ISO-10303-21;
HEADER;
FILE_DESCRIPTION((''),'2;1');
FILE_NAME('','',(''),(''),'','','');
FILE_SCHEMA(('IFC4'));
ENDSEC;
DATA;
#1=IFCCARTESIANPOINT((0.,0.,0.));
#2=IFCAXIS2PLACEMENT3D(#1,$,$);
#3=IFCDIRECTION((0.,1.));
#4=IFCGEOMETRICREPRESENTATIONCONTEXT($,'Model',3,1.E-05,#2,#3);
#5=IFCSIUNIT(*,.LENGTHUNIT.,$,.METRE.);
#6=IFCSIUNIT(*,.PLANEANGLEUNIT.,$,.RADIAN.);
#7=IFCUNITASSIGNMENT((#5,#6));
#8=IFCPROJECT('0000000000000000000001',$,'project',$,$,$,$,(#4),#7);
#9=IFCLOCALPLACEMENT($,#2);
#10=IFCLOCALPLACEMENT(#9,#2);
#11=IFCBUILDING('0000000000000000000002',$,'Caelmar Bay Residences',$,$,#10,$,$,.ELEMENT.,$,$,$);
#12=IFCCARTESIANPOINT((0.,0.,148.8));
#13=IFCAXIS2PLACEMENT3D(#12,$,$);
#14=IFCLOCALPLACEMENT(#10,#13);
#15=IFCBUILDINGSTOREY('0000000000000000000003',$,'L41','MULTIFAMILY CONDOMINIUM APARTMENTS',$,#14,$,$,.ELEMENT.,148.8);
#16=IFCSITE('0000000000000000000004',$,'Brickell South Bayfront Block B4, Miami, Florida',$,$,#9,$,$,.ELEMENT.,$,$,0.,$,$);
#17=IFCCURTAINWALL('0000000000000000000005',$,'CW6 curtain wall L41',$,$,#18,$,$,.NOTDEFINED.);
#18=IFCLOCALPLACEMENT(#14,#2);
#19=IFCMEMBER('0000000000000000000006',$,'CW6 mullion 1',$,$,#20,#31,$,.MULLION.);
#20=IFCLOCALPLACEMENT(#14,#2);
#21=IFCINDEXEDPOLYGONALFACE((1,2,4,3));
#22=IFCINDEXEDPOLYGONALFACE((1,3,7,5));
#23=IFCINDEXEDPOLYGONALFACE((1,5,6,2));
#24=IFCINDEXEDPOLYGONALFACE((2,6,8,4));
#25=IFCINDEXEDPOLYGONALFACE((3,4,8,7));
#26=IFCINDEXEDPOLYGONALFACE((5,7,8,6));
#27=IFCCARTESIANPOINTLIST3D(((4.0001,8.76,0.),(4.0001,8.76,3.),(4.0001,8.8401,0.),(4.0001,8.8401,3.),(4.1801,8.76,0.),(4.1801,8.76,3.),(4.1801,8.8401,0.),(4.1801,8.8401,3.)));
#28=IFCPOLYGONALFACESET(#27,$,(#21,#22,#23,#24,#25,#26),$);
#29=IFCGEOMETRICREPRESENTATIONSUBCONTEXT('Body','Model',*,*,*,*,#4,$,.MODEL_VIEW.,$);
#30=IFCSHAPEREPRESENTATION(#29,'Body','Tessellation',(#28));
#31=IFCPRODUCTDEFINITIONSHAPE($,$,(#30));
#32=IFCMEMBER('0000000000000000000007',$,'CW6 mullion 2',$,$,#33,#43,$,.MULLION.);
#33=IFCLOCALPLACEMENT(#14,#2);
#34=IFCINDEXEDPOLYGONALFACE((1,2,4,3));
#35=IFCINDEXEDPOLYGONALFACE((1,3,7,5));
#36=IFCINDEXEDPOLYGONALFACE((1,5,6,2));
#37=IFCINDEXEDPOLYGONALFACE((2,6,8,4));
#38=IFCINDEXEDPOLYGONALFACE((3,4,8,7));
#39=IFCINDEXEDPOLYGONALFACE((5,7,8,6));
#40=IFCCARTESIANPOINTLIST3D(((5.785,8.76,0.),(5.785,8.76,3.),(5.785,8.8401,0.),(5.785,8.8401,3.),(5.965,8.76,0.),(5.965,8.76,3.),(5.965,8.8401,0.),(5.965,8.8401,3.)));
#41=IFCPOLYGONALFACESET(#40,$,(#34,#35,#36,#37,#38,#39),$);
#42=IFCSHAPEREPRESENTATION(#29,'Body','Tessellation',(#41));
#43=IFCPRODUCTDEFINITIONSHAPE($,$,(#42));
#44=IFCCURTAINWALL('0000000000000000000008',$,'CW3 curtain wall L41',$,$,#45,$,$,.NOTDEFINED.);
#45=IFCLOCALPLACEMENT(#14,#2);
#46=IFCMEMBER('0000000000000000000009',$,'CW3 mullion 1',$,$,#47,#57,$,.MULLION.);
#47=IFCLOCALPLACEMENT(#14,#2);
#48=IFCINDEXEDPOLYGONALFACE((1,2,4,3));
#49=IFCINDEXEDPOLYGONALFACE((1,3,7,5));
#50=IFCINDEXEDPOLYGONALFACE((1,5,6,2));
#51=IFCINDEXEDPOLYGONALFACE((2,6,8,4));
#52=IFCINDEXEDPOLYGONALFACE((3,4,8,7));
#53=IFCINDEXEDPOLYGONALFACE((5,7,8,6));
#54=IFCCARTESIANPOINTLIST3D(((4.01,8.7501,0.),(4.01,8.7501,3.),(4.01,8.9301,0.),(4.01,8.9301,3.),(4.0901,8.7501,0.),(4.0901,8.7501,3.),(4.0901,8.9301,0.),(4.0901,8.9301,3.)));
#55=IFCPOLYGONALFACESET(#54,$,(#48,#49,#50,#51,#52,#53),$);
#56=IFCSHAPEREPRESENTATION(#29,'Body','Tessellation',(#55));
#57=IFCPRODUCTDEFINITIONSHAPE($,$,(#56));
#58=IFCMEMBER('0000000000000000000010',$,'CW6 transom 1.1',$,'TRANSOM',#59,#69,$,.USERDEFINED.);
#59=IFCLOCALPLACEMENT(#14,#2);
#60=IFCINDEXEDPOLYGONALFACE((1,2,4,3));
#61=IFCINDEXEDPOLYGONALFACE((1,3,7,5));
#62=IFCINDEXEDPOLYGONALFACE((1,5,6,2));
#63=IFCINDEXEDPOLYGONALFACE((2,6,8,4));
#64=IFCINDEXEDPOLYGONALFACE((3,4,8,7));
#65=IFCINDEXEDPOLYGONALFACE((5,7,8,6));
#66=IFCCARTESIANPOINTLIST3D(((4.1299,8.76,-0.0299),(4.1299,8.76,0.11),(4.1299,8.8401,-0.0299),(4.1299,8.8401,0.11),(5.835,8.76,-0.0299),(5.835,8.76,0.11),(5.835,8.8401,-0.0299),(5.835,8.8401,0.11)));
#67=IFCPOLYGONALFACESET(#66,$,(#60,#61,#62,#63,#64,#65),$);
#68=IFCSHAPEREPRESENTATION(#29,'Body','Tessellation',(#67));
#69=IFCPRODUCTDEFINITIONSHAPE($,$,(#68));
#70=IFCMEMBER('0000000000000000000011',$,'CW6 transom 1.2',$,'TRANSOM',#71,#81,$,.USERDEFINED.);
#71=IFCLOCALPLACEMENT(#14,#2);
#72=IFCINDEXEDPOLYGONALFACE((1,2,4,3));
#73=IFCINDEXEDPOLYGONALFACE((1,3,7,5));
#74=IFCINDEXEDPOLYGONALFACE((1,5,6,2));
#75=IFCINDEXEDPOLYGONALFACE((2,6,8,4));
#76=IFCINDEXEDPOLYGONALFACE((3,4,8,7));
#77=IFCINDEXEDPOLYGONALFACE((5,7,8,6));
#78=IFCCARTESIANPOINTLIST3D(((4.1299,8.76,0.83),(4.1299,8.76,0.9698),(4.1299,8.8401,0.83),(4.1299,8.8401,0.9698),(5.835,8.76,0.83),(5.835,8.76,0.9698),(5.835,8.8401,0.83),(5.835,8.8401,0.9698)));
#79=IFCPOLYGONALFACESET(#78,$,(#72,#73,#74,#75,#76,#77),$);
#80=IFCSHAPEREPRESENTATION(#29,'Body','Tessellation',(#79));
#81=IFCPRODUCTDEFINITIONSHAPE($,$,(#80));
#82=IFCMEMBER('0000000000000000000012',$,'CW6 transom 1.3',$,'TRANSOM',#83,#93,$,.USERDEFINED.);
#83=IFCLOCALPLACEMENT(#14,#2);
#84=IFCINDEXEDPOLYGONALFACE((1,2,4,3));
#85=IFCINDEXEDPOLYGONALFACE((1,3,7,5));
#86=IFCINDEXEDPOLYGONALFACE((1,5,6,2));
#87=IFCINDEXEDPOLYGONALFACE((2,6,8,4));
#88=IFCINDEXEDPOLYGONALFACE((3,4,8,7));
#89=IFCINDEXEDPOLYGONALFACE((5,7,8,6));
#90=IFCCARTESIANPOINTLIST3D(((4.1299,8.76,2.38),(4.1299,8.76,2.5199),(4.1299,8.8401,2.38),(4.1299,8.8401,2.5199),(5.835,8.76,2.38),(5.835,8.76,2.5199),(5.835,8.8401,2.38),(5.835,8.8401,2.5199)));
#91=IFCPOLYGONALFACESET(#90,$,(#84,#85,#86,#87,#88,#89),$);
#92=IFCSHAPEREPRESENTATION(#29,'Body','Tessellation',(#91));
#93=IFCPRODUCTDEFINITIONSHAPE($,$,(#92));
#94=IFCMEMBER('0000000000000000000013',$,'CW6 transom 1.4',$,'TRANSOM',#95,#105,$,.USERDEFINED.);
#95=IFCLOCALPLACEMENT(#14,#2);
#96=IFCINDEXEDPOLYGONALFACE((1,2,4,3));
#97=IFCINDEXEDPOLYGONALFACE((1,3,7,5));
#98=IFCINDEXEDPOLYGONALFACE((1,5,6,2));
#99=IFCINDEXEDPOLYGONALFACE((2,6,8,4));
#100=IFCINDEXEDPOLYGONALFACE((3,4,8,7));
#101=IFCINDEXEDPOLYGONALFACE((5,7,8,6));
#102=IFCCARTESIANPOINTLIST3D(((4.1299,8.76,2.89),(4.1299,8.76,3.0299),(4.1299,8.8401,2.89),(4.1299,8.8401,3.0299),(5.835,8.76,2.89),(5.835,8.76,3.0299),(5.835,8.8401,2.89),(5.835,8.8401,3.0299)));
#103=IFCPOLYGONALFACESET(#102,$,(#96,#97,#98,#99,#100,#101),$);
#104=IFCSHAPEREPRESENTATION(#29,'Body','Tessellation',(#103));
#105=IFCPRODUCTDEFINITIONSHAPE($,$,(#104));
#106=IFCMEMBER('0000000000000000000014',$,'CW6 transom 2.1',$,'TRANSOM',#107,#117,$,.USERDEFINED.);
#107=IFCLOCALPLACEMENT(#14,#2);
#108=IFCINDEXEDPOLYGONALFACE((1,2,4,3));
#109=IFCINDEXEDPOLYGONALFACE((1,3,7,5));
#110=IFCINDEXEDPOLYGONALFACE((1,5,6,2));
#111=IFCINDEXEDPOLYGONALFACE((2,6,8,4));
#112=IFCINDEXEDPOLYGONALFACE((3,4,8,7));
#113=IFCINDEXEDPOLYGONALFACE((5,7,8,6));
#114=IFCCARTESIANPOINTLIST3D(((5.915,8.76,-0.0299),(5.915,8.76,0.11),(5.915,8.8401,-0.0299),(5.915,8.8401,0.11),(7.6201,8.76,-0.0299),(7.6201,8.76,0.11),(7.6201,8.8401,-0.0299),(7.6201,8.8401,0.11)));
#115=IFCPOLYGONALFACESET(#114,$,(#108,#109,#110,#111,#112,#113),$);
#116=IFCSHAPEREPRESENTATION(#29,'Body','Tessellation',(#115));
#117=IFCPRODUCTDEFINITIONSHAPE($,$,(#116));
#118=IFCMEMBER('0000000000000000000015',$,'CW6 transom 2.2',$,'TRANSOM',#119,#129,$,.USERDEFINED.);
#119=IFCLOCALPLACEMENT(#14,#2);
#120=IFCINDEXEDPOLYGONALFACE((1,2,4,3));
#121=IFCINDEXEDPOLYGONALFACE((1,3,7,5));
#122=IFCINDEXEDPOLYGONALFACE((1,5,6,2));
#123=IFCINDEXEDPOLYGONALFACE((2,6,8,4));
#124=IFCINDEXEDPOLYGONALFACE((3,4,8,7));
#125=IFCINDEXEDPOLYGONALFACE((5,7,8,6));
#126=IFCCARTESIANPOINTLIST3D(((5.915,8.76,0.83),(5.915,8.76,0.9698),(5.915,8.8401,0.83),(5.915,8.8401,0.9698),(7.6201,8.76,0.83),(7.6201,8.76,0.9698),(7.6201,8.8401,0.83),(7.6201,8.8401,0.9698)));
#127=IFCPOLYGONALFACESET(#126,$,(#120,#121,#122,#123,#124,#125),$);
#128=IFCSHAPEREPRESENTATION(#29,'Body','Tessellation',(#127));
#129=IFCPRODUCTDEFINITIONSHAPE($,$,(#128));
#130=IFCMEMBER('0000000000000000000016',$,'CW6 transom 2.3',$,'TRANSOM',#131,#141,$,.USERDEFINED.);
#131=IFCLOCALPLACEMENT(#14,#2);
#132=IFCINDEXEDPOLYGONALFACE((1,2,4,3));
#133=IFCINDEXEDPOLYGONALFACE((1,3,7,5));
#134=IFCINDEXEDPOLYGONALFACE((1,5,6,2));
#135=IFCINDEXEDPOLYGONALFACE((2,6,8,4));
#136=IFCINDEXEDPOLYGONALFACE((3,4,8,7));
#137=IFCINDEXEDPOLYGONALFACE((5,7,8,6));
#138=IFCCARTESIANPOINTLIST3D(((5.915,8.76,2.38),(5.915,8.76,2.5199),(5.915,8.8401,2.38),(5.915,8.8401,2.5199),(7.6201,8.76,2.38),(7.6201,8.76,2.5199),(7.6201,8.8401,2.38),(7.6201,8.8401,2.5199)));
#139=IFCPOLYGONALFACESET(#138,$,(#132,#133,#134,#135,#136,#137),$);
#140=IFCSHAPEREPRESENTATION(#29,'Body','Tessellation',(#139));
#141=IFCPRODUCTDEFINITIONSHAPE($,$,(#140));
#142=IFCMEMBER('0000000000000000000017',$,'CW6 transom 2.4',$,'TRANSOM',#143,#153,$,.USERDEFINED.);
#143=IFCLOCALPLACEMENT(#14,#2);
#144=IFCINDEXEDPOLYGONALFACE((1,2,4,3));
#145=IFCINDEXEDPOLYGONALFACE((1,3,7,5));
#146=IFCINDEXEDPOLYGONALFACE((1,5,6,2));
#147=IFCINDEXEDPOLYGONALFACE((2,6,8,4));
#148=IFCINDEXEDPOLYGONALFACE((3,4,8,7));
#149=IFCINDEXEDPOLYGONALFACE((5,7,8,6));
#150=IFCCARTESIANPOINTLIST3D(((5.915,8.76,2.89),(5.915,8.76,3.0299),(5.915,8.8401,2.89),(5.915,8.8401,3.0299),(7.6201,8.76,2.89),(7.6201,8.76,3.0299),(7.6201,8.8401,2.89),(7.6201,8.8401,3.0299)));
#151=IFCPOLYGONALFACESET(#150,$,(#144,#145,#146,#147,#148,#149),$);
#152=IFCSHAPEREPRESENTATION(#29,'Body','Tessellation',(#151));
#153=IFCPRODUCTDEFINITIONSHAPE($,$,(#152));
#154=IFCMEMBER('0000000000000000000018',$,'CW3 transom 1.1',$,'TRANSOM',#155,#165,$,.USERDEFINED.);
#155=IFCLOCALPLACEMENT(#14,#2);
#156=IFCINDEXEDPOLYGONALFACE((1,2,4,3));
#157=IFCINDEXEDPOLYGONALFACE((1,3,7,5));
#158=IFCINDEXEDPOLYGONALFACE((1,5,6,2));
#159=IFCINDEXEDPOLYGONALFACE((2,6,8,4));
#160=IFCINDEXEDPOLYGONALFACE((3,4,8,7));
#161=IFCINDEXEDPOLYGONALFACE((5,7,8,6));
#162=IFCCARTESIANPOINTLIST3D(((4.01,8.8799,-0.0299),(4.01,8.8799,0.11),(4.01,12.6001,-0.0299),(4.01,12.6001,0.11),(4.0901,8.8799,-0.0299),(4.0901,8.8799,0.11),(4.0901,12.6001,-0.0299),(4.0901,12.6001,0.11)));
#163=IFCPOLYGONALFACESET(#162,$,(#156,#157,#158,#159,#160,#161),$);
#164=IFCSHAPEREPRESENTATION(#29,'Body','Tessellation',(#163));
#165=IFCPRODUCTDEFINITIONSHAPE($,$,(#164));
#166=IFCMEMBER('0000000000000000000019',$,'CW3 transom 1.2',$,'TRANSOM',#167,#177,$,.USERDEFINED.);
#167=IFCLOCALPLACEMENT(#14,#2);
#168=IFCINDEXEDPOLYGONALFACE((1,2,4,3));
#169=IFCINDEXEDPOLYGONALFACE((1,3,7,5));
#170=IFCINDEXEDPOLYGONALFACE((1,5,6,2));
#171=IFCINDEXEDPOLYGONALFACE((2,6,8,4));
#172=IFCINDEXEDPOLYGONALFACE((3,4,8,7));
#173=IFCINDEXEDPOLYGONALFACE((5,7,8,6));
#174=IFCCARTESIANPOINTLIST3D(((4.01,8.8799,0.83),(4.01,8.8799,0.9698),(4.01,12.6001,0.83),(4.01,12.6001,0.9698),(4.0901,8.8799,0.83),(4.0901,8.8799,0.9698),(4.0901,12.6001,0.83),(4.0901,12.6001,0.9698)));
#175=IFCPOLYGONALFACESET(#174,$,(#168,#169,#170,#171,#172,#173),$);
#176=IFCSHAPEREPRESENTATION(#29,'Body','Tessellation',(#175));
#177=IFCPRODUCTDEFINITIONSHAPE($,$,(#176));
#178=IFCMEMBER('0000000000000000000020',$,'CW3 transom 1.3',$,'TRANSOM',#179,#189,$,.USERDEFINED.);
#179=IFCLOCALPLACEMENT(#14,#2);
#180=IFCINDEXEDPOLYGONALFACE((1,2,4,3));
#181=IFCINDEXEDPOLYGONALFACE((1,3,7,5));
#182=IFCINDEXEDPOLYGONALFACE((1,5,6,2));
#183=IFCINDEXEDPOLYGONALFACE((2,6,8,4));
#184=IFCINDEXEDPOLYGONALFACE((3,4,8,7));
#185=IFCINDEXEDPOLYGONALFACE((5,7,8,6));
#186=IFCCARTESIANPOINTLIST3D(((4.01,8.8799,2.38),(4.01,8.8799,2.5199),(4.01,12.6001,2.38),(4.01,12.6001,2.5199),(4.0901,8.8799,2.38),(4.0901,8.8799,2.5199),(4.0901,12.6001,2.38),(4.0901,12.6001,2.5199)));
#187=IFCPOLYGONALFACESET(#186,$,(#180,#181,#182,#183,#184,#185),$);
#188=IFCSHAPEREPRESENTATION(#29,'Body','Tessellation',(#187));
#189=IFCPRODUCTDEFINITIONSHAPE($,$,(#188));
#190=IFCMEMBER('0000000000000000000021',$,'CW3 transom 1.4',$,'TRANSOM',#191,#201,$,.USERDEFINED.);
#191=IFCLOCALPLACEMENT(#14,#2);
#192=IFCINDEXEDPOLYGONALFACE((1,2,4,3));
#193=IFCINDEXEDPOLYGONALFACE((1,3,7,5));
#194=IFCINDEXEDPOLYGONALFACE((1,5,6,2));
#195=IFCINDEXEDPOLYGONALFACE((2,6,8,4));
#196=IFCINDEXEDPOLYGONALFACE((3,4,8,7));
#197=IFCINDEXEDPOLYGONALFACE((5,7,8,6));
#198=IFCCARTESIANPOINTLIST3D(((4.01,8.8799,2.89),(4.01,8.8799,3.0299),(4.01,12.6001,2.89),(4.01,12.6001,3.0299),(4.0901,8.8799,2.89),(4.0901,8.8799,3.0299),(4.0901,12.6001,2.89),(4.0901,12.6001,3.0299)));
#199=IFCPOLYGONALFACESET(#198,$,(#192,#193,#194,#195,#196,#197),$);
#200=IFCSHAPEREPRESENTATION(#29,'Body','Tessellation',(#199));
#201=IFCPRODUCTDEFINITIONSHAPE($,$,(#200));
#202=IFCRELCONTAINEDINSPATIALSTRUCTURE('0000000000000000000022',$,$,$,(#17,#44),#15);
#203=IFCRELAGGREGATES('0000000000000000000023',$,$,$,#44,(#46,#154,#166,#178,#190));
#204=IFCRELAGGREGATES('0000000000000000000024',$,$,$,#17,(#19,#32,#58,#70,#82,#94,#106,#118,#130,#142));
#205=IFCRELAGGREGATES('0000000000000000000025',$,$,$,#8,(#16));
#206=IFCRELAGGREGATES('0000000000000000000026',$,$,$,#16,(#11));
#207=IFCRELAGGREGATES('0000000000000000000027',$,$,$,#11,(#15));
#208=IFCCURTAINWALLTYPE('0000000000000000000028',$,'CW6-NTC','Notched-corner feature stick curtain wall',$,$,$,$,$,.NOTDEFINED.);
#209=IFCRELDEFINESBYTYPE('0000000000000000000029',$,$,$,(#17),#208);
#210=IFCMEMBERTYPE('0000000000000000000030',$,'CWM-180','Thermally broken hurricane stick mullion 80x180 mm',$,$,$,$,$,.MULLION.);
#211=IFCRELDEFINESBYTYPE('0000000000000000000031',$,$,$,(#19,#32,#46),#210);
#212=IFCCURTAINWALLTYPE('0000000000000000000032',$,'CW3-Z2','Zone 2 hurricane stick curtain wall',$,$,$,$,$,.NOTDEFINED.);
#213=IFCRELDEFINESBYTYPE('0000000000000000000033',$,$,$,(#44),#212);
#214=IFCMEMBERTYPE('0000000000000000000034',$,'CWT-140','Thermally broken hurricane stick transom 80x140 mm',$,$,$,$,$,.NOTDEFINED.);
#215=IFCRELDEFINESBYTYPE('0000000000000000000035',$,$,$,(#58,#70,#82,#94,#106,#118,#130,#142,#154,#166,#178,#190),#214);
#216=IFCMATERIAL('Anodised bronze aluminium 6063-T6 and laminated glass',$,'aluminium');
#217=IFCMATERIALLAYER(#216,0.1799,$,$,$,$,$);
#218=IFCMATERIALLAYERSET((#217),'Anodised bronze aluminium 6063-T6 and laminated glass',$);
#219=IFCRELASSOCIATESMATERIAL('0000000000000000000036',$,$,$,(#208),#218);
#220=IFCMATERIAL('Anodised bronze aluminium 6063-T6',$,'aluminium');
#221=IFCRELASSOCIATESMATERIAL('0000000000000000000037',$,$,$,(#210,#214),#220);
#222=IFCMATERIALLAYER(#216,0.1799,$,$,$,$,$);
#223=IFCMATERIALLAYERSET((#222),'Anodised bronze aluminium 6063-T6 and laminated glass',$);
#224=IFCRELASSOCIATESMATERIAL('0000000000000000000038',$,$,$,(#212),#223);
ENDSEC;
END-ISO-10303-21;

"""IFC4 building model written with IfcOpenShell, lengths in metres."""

from ifc_helpers import new_model, si_unit, direction, frame, origin, origin_2d, place, context, subcontext, project, spatial, rectangle, extrude, material, layer, layer_set, material_profile, profile_set, type_object, element, aggregate, save


model = new_model("IFC4")

# Units and contexts
model_context = context("Model", 3, precision=1e-05, world=origin(), true_north=direction((0.0, 1.0)))
body_context = subcontext(model_context, "Body", "Model", "MODEL_VIEW")
ifc_project = project(units=[si_unit("LENGTHUNIT", "METRE"), si_unit("PLANEANGLEUNIT", "RADIAN")], contexts=[model_context])

# Site, building, storey
site_placement = place(None, origin())
site = spatial("IfcSite", under=ifc_project, at=site_placement, Name="Brickell South Bayfront Block B4, Miami, Florida", CompositionType="ELEMENT", RefElevation=0.0)
building_placement = place(site_placement, origin())
building = spatial("IfcBuilding", under=site, at=building_placement, Name="Caelmar Bay Residences", CompositionType="ELEMENT")
storey_placement = place(building_placement, frame((0.0, 0.0, 148.8)))
storey = spatial("IfcBuildingStorey", under=building, at=storey_placement, Name="L41", Description="MULTIFAMILY CONDOMINIUM APARTMENTS", CompositionType="ELEMENT", Elevation=148.8)

# Curtain wall, members
ifc_material_1 = material(Name="Anodised bronze aluminium 6063-T6 and laminated glass", Category="aluminium")
ifc_layer_1 = layer(ifc_material_1, 0.1799)
ifc_layer_set_1 = layer_set([ifc_layer_1], Name="Anodised bronze aluminium 6063-T6 and laminated glass")
curtain_wall_type_1 = type_object("IfcCurtainWallType", Name="CW6-NTC", Description="Notched-corner feature stick curtain wall", PredefinedType="NOTDEFINED", material=ifc_layer_set_1)
curtain_wall_1_placement = place(storey_placement, origin())
curtain_wall_1 = element("IfcCurtainWall", 1, at=curtain_wall_1_placement, inside=storey, type_object=curtain_wall_type_1, Name="CW6 curtain wall L41", PredefinedType="NOTDEFINED")
ifc_material_2 = material(Name="Anodised bronze aluminium 6063-T6", Category="aluminium")
ifc_material_profile_1 = material_profile(ifc_material_2, rectangle(XDim=0.0801, YDim=0.1799, at=origin_2d()), Name="CWM-80X180")
ifc_profile_set_1 = profile_set([ifc_material_profile_1], Name="Anodised bronze aluminium 6063-T6")
member_type_1 = type_object("IfcMemberType", Name="CWM-180", Description="Thermally broken hurricane stick mullion 80x180 mm", PredefinedType="MULLION", material=ifc_profile_set_1)
member_1_placement = place(storey_placement, frame((4.0901, 8.8, 0.0), z_axis=(0.0, 0.0, 1.0), x_axis=(0.0, 1.0, 0.0)))
member_1 = element("IfcMember", 2, at=member_1_placement, type_object=member_type_1, Name="CW6 mullion 1", PredefinedType="MULLION", context=body_context, shape_type="SweptSolid", body=[
    extrude(rectangle(XDim=0.0801, YDim=0.1799, at=origin_2d()), origin(), (0.0, 0.0, 1.0), 3.0),
])
member_2_placement = place(storey_placement, frame((5.875, 8.8, 0.0), z_axis=(0.0, 0.0, 1.0), x_axis=(0.0, 1.0, 0.0)))
member_2 = element("IfcMember", 3, at=member_2_placement, type_object=member_type_1, Name="CW6 mullion 2", PredefinedType="MULLION", context=body_context, shape_type="SweptSolid", body=[
    extrude(rectangle(XDim=0.0801, YDim=0.1799, at=origin_2d()), origin(), (0.0, 0.0, 1.0), 3.0),
])

# Curtain wall, member
ifc_layer_2 = layer(ifc_material_1, 0.1799)
ifc_layer_set_2 = layer_set([ifc_layer_2], Name="Anodised bronze aluminium 6063-T6 and laminated glass")
curtain_wall_type_2 = type_object("IfcCurtainWallType", Name="CW3-Z2", Description="Zone 2 hurricane stick curtain wall", PredefinedType="NOTDEFINED", material=ifc_layer_set_2)
curtain_wall_2_placement = place(storey_placement, origin())
curtain_wall_2 = element("IfcCurtainWall", 4, at=curtain_wall_2_placement, inside=storey, type_object=curtain_wall_type_2, Name="CW3 curtain wall L41", PredefinedType="NOTDEFINED")
member_3_placement = place(storey_placement, frame((4.05, 8.8401, 0.0), z_axis=(0.0, 0.0, 1.0), x_axis=(-1.0, 0.0, 0.0)))
member_3 = element("IfcMember", 5, at=member_3_placement, type_object=member_type_1, Name="CW3 mullion 1", PredefinedType="MULLION", context=body_context, shape_type="SweptSolid", body=[
    extrude(rectangle(XDim=0.0801, YDim=0.1799, at=origin_2d()), origin(), (0.0, 0.0, 1.0), 3.0),
])

# Members
ifc_material_profile_2 = material_profile(ifc_material_2, rectangle(XDim=0.0801, YDim=0.1399, at=origin_2d()), Name="CWT-80X140")
ifc_profile_set_2 = profile_set([ifc_material_profile_2], Name="Anodised bronze aluminium 6063-T6")
member_type_2 = type_object("IfcMemberType", Name="CWT-140", Description="Thermally broken hurricane stick transom 80x140 mm", PredefinedType="NOTDEFINED", material=ifc_profile_set_2)
member_4_placement = place(storey_placement, frame((4.1299, 8.8, 0.04), z_axis=(1.0, 0.0, 0.0), x_axis=(0.0, 1.0, 0.0)))
member_4 = element("IfcMember", 6, at=member_4_placement, type_object=member_type_2, Name="CW6 transom 1.1", ObjectType="TRANSOM", PredefinedType="USERDEFINED", context=body_context, shape_type="SweptSolid", body=[
    extrude(rectangle(XDim=0.0801, YDim=0.1399, at=origin_2d()), origin(), (0.0, 0.0, 1.0), 1.7051),
])
member_5_placement = place(storey_placement, frame((4.1299, 8.8, 0.8999), z_axis=(1.0, 0.0, 0.0), x_axis=(0.0, 1.0, 0.0)))
member_5 = element("IfcMember", 7, at=member_5_placement, type_object=member_type_2, Name="CW6 transom 1.2", ObjectType="TRANSOM", PredefinedType="USERDEFINED", context=body_context, shape_type="SweptSolid", body=[
    extrude(rectangle(XDim=0.0801, YDim=0.1399, at=origin_2d()), origin(), (0.0, 0.0, 1.0), 1.7051),
])
member_6_placement = place(storey_placement, frame((4.1299, 8.8, 2.45), z_axis=(1.0, 0.0, 0.0), x_axis=(0.0, 1.0, 0.0)))
member_6 = element("IfcMember", 8, at=member_6_placement, type_object=member_type_2, Name="CW6 transom 1.3", ObjectType="TRANSOM", PredefinedType="USERDEFINED", context=body_context, shape_type="SweptSolid", body=[
    extrude(rectangle(XDim=0.0801, YDim=0.1399, at=origin_2d()), origin(), (0.0, 0.0, 1.0), 1.7051),
])
member_7_placement = place(storey_placement, frame((4.1299, 8.8, 2.96), z_axis=(1.0, 0.0, 0.0), x_axis=(0.0, 1.0, 0.0)))
member_7 = element("IfcMember", 9, at=member_7_placement, type_object=member_type_2, Name="CW6 transom 1.4", ObjectType="TRANSOM", PredefinedType="USERDEFINED", context=body_context, shape_type="SweptSolid", body=[
    extrude(rectangle(XDim=0.0801, YDim=0.1399, at=origin_2d()), origin(), (0.0, 0.0, 1.0), 1.7051),
])
member_8_placement = place(storey_placement, frame((5.915, 8.8, 0.04), z_axis=(1.0, 0.0, 0.0), x_axis=(0.0, 1.0, 0.0)))
member_8 = element("IfcMember", 10, at=member_8_placement, type_object=member_type_2, Name="CW6 transom 2.1", ObjectType="TRANSOM", PredefinedType="USERDEFINED", context=body_context, shape_type="SweptSolid", body=[
    extrude(rectangle(XDim=0.0801, YDim=0.1399, at=origin_2d()), origin(), (0.0, 0.0, 1.0), 1.7051),
])
member_9_placement = place(storey_placement, frame((5.915, 8.8, 0.8999), z_axis=(1.0, 0.0, 0.0), x_axis=(0.0, 1.0, 0.0)))
member_9 = element("IfcMember", 11, at=member_9_placement, type_object=member_type_2, Name="CW6 transom 2.2", ObjectType="TRANSOM", PredefinedType="USERDEFINED", context=body_context, shape_type="SweptSolid", body=[
    extrude(rectangle(XDim=0.0801, YDim=0.1399, at=origin_2d()), origin(), (0.0, 0.0, 1.0), 1.7051),
])
member_10_placement = place(storey_placement, frame((5.915, 8.8, 2.45), z_axis=(1.0, 0.0, 0.0), x_axis=(0.0, 1.0, 0.0)))
member_10 = element("IfcMember", 12, at=member_10_placement, type_object=member_type_2, Name="CW6 transom 2.3", ObjectType="TRANSOM", PredefinedType="USERDEFINED", context=body_context, shape_type="SweptSolid", body=[
    extrude(rectangle(XDim=0.0801, YDim=0.1399, at=origin_2d()), origin(), (0.0, 0.0, 1.0), 1.7051),
])
member_11_placement = place(storey_placement, frame((5.915, 8.8, 2.96), z_axis=(1.0, 0.0, 0.0), x_axis=(0.0, 1.0, 0.0)))
member_11 = element("IfcMember", 13, at=member_11_placement, type_object=member_type_2, Name="CW6 transom 2.4", ObjectType="TRANSOM", PredefinedType="USERDEFINED", context=body_context, shape_type="SweptSolid", body=[
    extrude(rectangle(XDim=0.0801, YDim=0.1399, at=origin_2d()), origin(), (0.0, 0.0, 1.0), 1.7051),
])
member_12_placement = place(storey_placement, frame((4.05, 8.8799, 0.04), z_axis=(0.0, 1.0, 0.0), x_axis=(-1.0, 0.0, 0.0)))
member_12 = element("IfcMember", 14, at=member_12_placement, type_object=member_type_2, Name="CW3 transom 1.1", ObjectType="TRANSOM", PredefinedType="USERDEFINED", context=body_context, shape_type="SweptSolid", body=[
    extrude(rectangle(XDim=0.0801, YDim=0.1399, at=origin_2d()), origin(), (0.0, 0.0, 1.0), 3.7202),
])
member_13_placement = place(storey_placement, frame((4.05, 8.8799, 0.8999), z_axis=(0.0, 1.0, 0.0), x_axis=(-1.0, 0.0, 0.0)))
member_13 = element("IfcMember", 15, at=member_13_placement, type_object=member_type_2, Name="CW3 transom 1.2", ObjectType="TRANSOM", PredefinedType="USERDEFINED", context=body_context, shape_type="SweptSolid", body=[
    extrude(rectangle(XDim=0.0801, YDim=0.1399, at=origin_2d()), origin(), (0.0, 0.0, 1.0), 3.7202),
])
member_14_placement = place(storey_placement, frame((4.05, 8.8799, 2.45), z_axis=(0.0, 1.0, 0.0), x_axis=(-1.0, 0.0, 0.0)))
member_14 = element("IfcMember", 16, at=member_14_placement, type_object=member_type_2, Name="CW3 transom 1.3", ObjectType="TRANSOM", PredefinedType="USERDEFINED", context=body_context, shape_type="SweptSolid", body=[
    extrude(rectangle(XDim=0.0801, YDim=0.1399, at=origin_2d()), origin(), (0.0, 0.0, 1.0), 3.7202),
])
member_15_placement = place(storey_placement, frame((4.05, 8.8799, 2.96), z_axis=(0.0, 1.0, 0.0), x_axis=(-1.0, 0.0, 0.0)))
member_15 = element("IfcMember", 17, at=member_15_placement, type_object=member_type_2, Name="CW3 transom 1.4", ObjectType="TRANSOM", PredefinedType="USERDEFINED", context=body_context, shape_type="SweptSolid", body=[
    extrude(rectangle(XDim=0.0801, YDim=0.1399, at=origin_2d()), origin(), (0.0, 0.0, 1.0), 3.7202),
])
aggregate(curtain_wall_2, [member_3, member_12, member_13, member_14, member_15])

aggregate(curtain_wall_1, [member_1, member_2, member_4, member_5, member_6, member_7, member_8, member_9, member_10, member_11])

save(model, "model.ifc")
